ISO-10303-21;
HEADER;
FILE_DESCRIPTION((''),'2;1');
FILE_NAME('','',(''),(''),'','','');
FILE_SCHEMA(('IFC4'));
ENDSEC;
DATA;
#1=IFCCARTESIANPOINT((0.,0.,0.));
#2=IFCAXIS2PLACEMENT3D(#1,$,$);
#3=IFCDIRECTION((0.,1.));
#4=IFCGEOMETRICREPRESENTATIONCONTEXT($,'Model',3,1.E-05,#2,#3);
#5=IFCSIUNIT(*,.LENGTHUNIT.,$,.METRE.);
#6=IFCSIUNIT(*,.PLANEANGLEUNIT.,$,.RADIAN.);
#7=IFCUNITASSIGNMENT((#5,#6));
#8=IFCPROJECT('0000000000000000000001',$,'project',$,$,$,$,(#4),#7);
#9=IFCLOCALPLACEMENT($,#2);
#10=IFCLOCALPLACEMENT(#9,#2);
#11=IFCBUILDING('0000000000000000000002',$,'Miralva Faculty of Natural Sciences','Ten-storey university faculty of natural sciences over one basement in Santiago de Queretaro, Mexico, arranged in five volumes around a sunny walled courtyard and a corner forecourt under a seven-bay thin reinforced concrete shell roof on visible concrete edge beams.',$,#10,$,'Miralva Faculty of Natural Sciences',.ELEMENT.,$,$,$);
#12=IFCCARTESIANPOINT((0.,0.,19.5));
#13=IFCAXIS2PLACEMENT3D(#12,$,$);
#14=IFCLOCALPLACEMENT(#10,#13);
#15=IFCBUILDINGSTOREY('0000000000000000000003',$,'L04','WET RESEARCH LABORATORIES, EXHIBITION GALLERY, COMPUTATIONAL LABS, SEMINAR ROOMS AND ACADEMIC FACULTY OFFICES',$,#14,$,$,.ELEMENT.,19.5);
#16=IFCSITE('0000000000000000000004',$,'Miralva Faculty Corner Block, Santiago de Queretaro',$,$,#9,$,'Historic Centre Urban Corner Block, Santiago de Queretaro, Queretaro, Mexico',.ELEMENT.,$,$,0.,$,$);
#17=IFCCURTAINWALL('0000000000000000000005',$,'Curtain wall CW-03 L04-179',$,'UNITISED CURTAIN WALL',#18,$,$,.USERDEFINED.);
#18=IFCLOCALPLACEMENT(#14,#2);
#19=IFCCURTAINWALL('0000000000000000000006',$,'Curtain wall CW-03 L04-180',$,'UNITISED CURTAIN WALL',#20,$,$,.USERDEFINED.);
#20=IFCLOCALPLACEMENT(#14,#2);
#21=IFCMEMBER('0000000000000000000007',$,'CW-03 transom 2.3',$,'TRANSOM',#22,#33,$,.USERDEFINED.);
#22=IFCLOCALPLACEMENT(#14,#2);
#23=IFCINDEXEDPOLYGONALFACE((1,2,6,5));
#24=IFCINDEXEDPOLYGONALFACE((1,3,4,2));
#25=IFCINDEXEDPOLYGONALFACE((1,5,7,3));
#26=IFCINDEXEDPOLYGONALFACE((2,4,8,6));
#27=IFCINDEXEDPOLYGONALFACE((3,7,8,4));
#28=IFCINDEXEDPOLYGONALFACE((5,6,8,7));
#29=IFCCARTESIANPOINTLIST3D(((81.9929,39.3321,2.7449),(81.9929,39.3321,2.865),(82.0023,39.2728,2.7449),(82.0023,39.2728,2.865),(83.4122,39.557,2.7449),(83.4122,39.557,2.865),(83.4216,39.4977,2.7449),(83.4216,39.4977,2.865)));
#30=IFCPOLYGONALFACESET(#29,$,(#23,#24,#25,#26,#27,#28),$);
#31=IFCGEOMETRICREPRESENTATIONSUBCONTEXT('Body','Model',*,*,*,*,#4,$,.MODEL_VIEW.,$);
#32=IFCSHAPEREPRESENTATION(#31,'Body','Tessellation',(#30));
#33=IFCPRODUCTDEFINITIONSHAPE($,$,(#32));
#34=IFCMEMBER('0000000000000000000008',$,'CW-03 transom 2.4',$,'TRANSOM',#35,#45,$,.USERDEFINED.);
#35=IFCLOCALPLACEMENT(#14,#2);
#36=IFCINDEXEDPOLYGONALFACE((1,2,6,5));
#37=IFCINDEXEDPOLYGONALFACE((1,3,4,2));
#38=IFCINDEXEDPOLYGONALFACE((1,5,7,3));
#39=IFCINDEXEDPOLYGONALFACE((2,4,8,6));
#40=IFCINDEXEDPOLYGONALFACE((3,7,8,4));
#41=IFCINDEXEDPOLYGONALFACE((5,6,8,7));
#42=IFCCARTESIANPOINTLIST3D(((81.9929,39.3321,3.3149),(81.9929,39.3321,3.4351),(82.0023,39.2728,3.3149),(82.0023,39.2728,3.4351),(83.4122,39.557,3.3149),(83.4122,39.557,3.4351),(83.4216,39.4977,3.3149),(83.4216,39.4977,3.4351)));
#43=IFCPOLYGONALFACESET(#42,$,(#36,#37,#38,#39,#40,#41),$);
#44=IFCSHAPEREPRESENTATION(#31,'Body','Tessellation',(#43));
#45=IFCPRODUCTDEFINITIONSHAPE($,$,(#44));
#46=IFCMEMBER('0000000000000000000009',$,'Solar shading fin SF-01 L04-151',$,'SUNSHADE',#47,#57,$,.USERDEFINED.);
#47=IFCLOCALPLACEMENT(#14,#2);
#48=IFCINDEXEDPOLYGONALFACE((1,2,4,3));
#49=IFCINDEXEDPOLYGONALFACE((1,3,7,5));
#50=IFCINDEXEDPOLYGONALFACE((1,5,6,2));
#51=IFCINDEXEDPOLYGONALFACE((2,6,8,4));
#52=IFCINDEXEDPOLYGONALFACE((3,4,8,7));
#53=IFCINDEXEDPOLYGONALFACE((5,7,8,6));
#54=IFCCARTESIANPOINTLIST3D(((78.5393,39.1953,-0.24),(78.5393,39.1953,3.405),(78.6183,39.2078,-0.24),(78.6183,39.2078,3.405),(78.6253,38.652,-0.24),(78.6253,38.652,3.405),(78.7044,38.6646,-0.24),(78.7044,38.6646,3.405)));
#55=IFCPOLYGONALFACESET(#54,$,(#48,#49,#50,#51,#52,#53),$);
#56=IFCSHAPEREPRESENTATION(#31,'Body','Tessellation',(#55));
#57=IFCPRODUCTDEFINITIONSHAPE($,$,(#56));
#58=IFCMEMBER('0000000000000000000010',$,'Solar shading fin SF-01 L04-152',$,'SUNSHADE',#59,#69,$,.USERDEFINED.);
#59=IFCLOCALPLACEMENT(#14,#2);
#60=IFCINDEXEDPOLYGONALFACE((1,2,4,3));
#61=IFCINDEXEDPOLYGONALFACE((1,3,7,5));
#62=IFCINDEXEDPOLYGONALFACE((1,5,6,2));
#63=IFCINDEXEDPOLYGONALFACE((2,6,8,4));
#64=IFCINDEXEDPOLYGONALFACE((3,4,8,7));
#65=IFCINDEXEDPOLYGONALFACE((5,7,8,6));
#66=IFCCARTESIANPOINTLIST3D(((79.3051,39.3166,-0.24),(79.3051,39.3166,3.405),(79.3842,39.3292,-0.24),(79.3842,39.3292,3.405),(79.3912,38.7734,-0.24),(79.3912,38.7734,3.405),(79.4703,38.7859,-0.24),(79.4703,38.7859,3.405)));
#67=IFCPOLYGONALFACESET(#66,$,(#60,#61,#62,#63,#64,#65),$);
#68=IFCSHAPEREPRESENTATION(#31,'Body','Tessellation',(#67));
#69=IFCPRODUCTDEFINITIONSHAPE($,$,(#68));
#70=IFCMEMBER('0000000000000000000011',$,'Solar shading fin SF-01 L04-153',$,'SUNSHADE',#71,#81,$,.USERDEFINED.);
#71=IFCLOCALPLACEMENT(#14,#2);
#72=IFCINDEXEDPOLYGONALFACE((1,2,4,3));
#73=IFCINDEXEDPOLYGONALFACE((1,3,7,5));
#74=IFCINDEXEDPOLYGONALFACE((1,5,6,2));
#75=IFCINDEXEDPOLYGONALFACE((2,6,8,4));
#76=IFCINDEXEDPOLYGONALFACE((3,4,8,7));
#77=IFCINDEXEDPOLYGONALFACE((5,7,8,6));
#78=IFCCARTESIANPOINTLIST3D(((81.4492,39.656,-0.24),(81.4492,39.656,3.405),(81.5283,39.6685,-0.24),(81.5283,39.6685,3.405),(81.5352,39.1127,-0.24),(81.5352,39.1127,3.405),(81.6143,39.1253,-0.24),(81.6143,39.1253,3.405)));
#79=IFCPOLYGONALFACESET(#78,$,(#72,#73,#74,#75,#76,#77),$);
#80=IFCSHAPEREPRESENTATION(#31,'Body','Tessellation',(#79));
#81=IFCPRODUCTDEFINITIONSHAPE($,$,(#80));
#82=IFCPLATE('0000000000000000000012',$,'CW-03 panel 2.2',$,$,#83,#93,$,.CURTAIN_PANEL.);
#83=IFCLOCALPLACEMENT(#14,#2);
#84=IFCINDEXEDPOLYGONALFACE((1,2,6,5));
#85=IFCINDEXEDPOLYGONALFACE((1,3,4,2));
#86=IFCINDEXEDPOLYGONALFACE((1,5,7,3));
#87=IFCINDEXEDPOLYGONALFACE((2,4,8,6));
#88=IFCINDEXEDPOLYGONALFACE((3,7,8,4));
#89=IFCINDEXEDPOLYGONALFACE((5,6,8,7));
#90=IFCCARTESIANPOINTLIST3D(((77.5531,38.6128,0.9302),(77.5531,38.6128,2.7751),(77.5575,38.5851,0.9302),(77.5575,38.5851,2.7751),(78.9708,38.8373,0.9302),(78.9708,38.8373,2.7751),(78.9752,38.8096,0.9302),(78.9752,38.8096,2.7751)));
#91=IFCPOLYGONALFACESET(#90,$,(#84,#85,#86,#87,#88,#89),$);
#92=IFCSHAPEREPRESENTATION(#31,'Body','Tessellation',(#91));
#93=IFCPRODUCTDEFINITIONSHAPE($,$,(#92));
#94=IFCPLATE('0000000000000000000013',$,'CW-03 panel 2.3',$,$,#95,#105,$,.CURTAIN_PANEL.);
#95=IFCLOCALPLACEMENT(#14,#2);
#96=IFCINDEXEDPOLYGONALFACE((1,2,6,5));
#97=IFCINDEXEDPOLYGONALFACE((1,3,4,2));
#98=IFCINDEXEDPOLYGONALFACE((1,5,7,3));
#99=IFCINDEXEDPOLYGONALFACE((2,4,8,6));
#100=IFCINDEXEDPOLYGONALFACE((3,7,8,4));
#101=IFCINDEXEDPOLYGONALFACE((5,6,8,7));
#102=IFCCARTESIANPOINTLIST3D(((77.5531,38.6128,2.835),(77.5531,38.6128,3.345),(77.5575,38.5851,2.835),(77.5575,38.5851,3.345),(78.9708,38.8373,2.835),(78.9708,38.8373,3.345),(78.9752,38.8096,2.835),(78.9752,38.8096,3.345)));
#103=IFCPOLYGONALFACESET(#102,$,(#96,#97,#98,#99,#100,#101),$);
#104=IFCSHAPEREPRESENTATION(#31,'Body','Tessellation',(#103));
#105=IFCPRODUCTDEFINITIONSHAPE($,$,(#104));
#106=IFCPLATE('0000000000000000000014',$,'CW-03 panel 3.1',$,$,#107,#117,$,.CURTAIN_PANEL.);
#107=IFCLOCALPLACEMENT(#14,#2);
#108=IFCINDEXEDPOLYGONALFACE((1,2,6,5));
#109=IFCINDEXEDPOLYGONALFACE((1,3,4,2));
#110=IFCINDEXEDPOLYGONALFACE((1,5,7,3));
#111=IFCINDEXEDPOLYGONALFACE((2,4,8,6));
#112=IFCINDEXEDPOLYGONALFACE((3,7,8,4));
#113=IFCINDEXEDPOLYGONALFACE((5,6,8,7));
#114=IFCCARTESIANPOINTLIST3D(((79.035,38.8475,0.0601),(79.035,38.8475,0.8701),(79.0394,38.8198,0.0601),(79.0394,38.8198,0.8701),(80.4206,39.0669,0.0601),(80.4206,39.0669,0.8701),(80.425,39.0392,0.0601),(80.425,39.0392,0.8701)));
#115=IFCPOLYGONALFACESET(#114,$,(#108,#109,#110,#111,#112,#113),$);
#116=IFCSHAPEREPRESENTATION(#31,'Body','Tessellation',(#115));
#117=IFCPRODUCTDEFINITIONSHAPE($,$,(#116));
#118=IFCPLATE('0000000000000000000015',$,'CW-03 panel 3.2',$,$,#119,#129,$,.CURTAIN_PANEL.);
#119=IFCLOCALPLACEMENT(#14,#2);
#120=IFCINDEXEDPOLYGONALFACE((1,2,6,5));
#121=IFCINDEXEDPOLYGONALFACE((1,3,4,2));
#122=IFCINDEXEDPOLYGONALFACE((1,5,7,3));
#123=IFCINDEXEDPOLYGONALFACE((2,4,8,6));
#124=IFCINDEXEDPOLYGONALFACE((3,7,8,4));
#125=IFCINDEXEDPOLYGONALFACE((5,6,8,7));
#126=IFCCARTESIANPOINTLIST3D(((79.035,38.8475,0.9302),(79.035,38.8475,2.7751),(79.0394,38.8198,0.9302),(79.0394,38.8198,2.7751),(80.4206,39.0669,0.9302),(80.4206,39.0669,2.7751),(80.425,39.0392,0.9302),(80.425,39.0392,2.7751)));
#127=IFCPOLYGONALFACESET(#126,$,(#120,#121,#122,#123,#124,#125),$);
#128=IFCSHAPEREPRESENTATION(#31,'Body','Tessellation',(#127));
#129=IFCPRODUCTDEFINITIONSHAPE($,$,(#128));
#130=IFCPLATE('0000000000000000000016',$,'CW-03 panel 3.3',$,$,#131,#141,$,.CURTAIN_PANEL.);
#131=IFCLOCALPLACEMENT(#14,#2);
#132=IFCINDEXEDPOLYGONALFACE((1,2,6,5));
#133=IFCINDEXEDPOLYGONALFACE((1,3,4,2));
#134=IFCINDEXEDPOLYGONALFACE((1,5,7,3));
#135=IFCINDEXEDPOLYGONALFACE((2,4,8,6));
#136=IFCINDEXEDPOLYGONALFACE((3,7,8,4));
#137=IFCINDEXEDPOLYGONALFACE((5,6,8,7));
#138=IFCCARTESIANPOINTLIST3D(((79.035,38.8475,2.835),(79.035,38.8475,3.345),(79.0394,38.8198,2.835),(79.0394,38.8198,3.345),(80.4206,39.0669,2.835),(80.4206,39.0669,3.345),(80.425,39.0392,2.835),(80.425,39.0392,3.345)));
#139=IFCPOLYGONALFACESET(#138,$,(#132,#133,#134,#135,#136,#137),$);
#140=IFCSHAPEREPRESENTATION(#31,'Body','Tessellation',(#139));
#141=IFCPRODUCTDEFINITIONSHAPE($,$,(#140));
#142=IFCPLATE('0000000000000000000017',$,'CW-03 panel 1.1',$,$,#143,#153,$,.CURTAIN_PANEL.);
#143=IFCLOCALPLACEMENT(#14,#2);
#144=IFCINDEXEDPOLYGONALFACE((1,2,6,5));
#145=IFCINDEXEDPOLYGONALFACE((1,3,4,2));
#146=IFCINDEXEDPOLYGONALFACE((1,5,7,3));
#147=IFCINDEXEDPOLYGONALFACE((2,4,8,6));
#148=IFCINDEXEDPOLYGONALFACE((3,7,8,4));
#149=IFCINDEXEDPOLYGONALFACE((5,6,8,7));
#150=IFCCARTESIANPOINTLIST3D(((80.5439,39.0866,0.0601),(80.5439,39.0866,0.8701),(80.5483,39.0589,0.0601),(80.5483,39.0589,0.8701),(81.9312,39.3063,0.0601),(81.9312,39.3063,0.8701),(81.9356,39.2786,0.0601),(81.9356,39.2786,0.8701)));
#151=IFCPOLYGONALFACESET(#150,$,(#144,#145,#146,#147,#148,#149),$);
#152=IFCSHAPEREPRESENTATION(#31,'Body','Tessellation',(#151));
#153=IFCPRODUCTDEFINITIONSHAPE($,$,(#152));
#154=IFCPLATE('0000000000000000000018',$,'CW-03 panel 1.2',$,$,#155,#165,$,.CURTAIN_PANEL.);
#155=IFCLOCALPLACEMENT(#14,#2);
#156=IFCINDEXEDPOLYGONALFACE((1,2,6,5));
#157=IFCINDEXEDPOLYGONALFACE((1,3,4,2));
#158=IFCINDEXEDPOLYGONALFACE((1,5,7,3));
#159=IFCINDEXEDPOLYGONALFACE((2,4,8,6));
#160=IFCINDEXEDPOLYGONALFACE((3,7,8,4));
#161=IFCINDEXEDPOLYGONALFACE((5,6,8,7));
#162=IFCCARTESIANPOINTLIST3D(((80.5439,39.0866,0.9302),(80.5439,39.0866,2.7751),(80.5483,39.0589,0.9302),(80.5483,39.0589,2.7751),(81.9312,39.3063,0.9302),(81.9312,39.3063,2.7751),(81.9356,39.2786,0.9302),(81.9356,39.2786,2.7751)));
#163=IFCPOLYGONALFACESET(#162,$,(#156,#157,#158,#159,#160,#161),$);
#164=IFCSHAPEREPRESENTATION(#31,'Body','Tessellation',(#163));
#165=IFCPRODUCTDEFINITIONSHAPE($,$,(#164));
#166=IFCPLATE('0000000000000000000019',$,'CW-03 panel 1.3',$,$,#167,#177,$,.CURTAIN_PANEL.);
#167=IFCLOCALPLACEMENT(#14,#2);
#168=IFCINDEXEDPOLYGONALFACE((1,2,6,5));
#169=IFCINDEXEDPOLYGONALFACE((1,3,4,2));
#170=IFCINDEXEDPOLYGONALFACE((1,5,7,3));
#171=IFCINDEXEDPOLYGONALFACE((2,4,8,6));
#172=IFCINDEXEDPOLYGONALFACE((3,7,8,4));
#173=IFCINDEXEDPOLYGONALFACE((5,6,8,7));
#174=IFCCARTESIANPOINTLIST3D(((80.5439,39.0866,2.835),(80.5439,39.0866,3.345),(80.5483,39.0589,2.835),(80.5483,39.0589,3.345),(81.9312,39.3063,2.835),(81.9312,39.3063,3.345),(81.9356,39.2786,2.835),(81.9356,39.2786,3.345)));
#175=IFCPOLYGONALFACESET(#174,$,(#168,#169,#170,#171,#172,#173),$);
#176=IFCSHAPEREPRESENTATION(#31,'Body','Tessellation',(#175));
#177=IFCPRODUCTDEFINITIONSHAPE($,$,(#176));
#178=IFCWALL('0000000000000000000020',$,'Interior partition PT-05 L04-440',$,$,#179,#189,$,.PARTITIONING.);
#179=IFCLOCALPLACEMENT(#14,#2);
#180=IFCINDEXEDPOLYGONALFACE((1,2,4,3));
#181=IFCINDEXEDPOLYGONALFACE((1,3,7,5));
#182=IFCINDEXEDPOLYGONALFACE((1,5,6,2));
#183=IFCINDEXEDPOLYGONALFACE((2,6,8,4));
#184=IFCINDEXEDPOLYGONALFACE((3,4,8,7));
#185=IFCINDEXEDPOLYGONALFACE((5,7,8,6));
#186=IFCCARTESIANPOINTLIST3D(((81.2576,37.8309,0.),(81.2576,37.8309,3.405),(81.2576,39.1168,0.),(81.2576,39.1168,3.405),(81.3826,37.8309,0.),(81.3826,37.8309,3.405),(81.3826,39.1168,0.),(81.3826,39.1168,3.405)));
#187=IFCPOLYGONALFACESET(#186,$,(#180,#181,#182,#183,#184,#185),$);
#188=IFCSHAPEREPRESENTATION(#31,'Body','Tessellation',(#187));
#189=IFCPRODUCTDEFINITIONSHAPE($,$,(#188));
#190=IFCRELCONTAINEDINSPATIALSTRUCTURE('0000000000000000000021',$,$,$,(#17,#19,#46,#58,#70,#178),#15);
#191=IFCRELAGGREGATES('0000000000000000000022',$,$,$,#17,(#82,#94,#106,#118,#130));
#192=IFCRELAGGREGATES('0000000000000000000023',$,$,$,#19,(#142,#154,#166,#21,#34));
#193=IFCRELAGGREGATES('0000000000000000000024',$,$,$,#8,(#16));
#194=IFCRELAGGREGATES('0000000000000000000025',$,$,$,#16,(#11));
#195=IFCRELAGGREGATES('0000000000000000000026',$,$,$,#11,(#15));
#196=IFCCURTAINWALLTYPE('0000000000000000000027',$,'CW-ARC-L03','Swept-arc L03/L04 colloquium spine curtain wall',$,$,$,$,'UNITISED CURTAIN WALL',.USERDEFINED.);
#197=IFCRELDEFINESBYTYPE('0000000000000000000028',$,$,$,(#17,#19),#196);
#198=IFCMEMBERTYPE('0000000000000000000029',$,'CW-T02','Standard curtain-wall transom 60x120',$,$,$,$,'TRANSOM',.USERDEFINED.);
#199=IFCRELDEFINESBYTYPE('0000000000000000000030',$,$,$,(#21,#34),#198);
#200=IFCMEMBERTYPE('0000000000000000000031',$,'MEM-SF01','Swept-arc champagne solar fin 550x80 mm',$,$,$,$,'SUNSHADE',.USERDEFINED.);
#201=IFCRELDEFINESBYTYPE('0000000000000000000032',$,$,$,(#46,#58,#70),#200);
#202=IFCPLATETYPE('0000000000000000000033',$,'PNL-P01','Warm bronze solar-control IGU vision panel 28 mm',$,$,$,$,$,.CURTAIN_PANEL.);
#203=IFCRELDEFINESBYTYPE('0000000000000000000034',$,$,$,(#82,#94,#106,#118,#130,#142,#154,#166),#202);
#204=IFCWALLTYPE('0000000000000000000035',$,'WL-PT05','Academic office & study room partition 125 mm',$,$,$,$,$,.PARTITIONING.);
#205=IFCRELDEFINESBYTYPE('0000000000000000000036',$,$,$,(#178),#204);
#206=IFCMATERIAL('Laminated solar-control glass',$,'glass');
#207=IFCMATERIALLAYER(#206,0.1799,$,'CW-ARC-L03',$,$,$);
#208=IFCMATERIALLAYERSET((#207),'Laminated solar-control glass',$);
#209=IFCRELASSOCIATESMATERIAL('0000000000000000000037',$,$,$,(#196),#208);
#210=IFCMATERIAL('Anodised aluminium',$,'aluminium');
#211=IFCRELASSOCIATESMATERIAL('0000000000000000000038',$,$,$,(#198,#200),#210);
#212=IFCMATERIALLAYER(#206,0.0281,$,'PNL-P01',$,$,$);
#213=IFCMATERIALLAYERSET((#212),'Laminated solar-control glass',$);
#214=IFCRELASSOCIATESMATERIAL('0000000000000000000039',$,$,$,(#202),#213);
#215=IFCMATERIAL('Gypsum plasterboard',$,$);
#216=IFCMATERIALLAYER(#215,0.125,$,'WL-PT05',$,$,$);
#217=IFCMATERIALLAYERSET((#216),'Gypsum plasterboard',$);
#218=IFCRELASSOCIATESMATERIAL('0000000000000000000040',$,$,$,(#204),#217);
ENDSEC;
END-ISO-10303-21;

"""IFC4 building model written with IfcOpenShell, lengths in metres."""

from ifc_helpers import new_model, si_unit, direction, frame, frame_2d, origin, origin_2d, place, context, subcontext, project, spatial, rectangle, extrude, material, layer, layer_set, material_profile, profile_set, type_object, element, aggregate, save


model = new_model("IFC4")

# Units and contexts
model_context = context("Model", 3, precision=1e-05, world=origin(), true_north=direction((0.0, 1.0)))
body_context = subcontext(model_context, "Body", "Model", "MODEL_VIEW")
ifc_project = project(units=[si_unit("LENGTHUNIT", "METRE"), si_unit("PLANEANGLEUNIT", "RADIAN")], contexts=[model_context])

# Site, building, storey
site_placement = place(None, origin())
site = spatial("IfcSite", under=ifc_project, at=site_placement, Name="Miralva Faculty Corner Block, Santiago de Queretaro", LongName="Historic Centre Urban Corner Block, Santiago de Queretaro, Queretaro, Mexico", CompositionType="ELEMENT", RefElevation=0.0)
building_placement = place(site_placement, origin())
building = spatial("IfcBuilding", under=site, at=building_placement, Name="Miralva Faculty of Natural Sciences", Description="Ten-storey university faculty of natural sciences over one basement in Santiago de Queretaro, Mexico, arranged in five volumes around a sunny walled courtyard and a corner forecourt under a seven-bay thin reinforced concrete shell roof on visible concrete edge beams.", LongName="Miralva Faculty of Natural Sciences", CompositionType="ELEMENT")
storey_placement = place(building_placement, frame((0.0, 0.0, 19.5)))
storey = spatial("IfcBuildingStorey", under=building, at=storey_placement, Name="L04", Description="WET RESEARCH LABORATORIES, EXHIBITION GALLERY, COMPUTATIONAL LABS, SEMINAR ROOMS AND ACADEMIC FACULTY OFFICES", CompositionType="ELEMENT", Elevation=19.5)

# Curtain walls
ifc_material_1 = material(Name="Laminated solar-control glass", Category="glass")
ifc_layer_1 = layer(ifc_material_1, 0.1799, Name="CW-ARC-L03")
ifc_layer_set_1 = layer_set([ifc_layer_1], Name="Laminated solar-control glass")
curtain_wall_type = type_object("IfcCurtainWallType", Name="CW-ARC-L03", Description="Swept-arc L03/L04 colloquium spine curtain wall", ElementType="UNITISED CURTAIN WALL", PredefinedType="USERDEFINED", material=ifc_layer_set_1)
curtain_wall_1_placement = place(storey_placement, origin())
curtain_wall_1 = element("IfcCurtainWall", 1, at=curtain_wall_1_placement, inside=storey, type_object=curtain_wall_type, Name="Curtain wall CW-03 L04-179", ObjectType="UNITISED CURTAIN WALL", PredefinedType="USERDEFINED")
ifc_material_2 = material(Name="Anodised aluminium", Category="aluminium")
curtain_wall_2_placement = place(storey_placement, origin())
curtain_wall_2 = element("IfcCurtainWall", 2, at=curtain_wall_2_placement, inside=storey, type_object=curtain_wall_type, Name="Curtain wall CW-03 L04-180", ObjectType="UNITISED CURTAIN WALL", PredefinedType="USERDEFINED")

# Members
ifc_material_profile_1 = material_profile(ifc_material_2, rectangle(XDim=0.0601, YDim=0.1201, at=origin_2d()), Name="TRANSOM 60x120")
ifc_profile_set_1 = profile_set([ifc_material_profile_1], Name="Anodised aluminium")
member_type_1 = type_object("IfcMemberType", Name="CW-T02", Description="Standard curtain-wall transom 60x120", ElementType="TRANSOM", PredefinedType="USERDEFINED", material=ifc_profile_set_1)
member_1_placement = place(storey_placement, frame((81.9976, 39.3025, 2.8049), z_axis=(0.987684, 0.15646, 0.0), x_axis=(-0.15646, 0.987684, 0.0)))
member_1 = element("IfcMember", 3, at=member_1_placement, type_object=member_type_1, Name="CW-03 transom 2.3", ObjectType="TRANSOM", PredefinedType="USERDEFINED", context=body_context, shape_type="SweptSolid", body=[
    extrude(rectangle(XDim=0.0601, YDim=0.1201, at=origin_2d()), origin(), (0.0, 0.0, 1.0), 1.437),
])
member_2_placement = place(storey_placement, frame((81.9976, 39.3025, 3.375), z_axis=(0.987684, 0.15646, 0.0), x_axis=(-0.15646, 0.987684, 0.0)))
member_2 = element("IfcMember", 4, at=member_2_placement, type_object=member_type_1, Name="CW-03 transom 2.4", ObjectType="TRANSOM", PredefinedType="USERDEFINED", context=body_context, shape_type="SweptSolid", body=[
    extrude(rectangle(XDim=0.0601, YDim=0.1201, at=origin_2d()), origin(), (0.0, 0.0, 1.0), 1.437),
])

# Members
ifc_material_profile_2 = material_profile(ifc_material_2, rectangle(XDim=0.0801, YDim=0.55, at=origin_2d()), Name="FIN 550x80")
ifc_profile_set_2 = profile_set([ifc_material_profile_2], Name="Anodised aluminium")
member_type_2 = type_object("IfcMemberType", Name="MEM-SF01", Description="Swept-arc champagne solar fin 550x80 mm", ElementType="SUNSHADE", PredefinedType="USERDEFINED", material=ifc_profile_set_2)
for number, where, z_axis, x_axis, name in (
    (5, (78.6218, 38.9299, -0.24), (0.0, 0.0, 1.0), (-0.987688, -0.156434, 0.0), "Solar shading fin SF-01 L04-151"),
    (6, (79.3877, 39.0513, -0.24), (0.0, 0.0, 1.0), (-0.987688, -0.156434, 0.0), "Solar shading fin SF-01 L04-152"),
    (7, (81.5317, 39.3906, -0.24), (0.0, 0.0, 1.0), (-0.987688, -0.156434, 0.0), "Solar shading fin SF-01 L04-153"),
):
    element("IfcMember", number, at=place(storey_placement, frame(where, z_axis=z_axis, x_axis=x_axis)), inside=storey, type_object=member_type_2, Name=name, ObjectType="SUNSHADE", PredefinedType="USERDEFINED", context=body_context, shape_type="SweptSolid", body=[
        extrude(rectangle(XDim=0.0801, YDim=0.55, at=origin_2d()), origin(), (0.0, 0.0, 1.0), 3.645),
    ])

# Plates
ifc_layer_2 = layer(ifc_material_1, 0.0281, Name="PNL-P01")
ifc_layer_set_2 = layer_set([ifc_layer_2], Name="Laminated solar-control glass")
plate_type = type_object("IfcPlateType", Name="PNL-P01", Description="Warm bronze solar-control IGU vision panel 28 mm", PredefinedType="CURTAIN_PANEL", material=ifc_layer_set_2)
plate_1_placement = place(storey_placement, frame((78.2642, 38.7112, 0.9302), z_axis=(0.0, 0.0, 1.0), x_axis=(0.987689, 0.156431, 0.0)))
plate_1 = element("IfcPlate", 8, at=plate_1_placement, type_object=plate_type, Name="CW-03 panel 2.2", PredefinedType="CURTAIN_PANEL", context=body_context, shape_type="SweptSolid", body=[
    extrude(rectangle(XDim=1.4353, YDim=0.0281, at=origin_2d()), origin(), (0.0, 0.0, 1.0), 1.845),
])
plate_2_placement = place(storey_placement, frame((78.2642, 38.7112, 2.835), z_axis=(0.0, 0.0, 1.0), x_axis=(0.987689, 0.156431, 0.0)))
plate_2 = element("IfcPlate", 9, at=plate_2_placement, type_object=plate_type, Name="CW-03 panel 2.3", PredefinedType="CURTAIN_PANEL", context=body_context, shape_type="SweptSolid", body=[
    extrude(rectangle(XDim=1.4353, YDim=0.0281, at=origin_2d()), origin(), (0.0, 0.0, 1.0), 0.51),
])
plate_3_placement = place(storey_placement, frame((79.73, 38.9434, 0.0601), z_axis=(0.0, 0.0, 1.0), x_axis=(0.987689, 0.156431, 0.0)))
plate_3 = element("IfcPlate", 10, at=plate_3_placement, type_object=plate_type, Name="CW-03 panel 3.1", PredefinedType="CURTAIN_PANEL", context=body_context, shape_type="SweptSolid", body=[
    extrude(rectangle(XDim=1.4028, YDim=0.0281, at=origin_2d()), origin(), (0.0, 0.0, 1.0), 0.8101),
])
plate_4_placement = place(storey_placement, frame((79.73, 38.9434, 0.9302), z_axis=(0.0, 0.0, 1.0), x_axis=(0.987689, 0.156431, 0.0)))
plate_4 = element("IfcPlate", 11, at=plate_4_placement, type_object=plate_type, Name="CW-03 panel 3.2", PredefinedType="CURTAIN_PANEL", context=body_context, shape_type="SweptSolid", body=[
    extrude(rectangle(XDim=1.4028, YDim=0.0281, at=origin_2d()), origin(), (0.0, 0.0, 1.0), 1.845),
])
plate_5_placement = place(storey_placement, frame((79.73, 38.9434, 2.835), z_axis=(0.0, 0.0, 1.0), x_axis=(0.987689, 0.156431, 0.0)))
plate_5 = element("IfcPlate", 12, at=plate_5_placement, type_object=plate_type, Name="CW-03 panel 3.3", PredefinedType="CURTAIN_PANEL", context=body_context, shape_type="SweptSolid", body=[
    extrude(rectangle(XDim=1.4028, YDim=0.0281, at=origin_2d()), origin(), (0.0, 0.0, 1.0), 0.51),
])
aggregate(curtain_wall_1, [plate_1, plate_2, plate_3, plate_4, plate_5])
plate_6_placement = place(storey_placement, frame((81.2397, 39.1826, 0.0601), z_axis=(0.0, 0.0, 1.0), x_axis=(0.987691, 0.156415, 0.0)))
plate_6 = element("IfcPlate", 13, at=plate_6_placement, type_object=plate_type, Name="CW-03 panel 1.1", PredefinedType="CURTAIN_PANEL", context=body_context, shape_type="SweptSolid", body=[
    extrude(rectangle(XDim=1.4045, YDim=0.0281, at=origin_2d()), origin(), (0.0, 0.0, 1.0), 0.8101),
])
plate_7_placement = place(storey_placement, frame((81.2397, 39.1826, 0.9302), z_axis=(0.0, 0.0, 1.0), x_axis=(0.987691, 0.156415, 0.0)))
plate_7 = element("IfcPlate", 14, at=plate_7_placement, type_object=plate_type, Name="CW-03 panel 1.2", PredefinedType="CURTAIN_PANEL", context=body_context, shape_type="SweptSolid", body=[
    extrude(rectangle(XDim=1.4045, YDim=0.0281, at=origin_2d()), origin(), (0.0, 0.0, 1.0), 1.845),
])
plate_8_placement = place(storey_placement, frame((81.2397, 39.1826, 2.835), z_axis=(0.0, 0.0, 1.0), x_axis=(0.987691, 0.156415, 0.0)))
plate_8 = element("IfcPlate", 15, at=plate_8_placement, type_object=plate_type, Name="CW-03 panel 1.3", PredefinedType="CURTAIN_PANEL", context=body_context, shape_type="SweptSolid", body=[
    extrude(rectangle(XDim=1.4045, YDim=0.0281, at=origin_2d()), origin(), (0.0, 0.0, 1.0), 0.51),
])
aggregate(curtain_wall_2, [plate_6, plate_7, plate_8, member_1, member_2])

# Wall
ifc_material_3 = material(Name="Gypsum plasterboard")
ifc_layer_3 = layer(ifc_material_3, 0.125, Name="WL-PT05")
ifc_layer_set_3 = layer_set([ifc_layer_3], Name="Gypsum plasterboard")
wall_type = type_object("IfcWallType", Name="WL-PT05", Description="Academic office & study room partition 125 mm", PredefinedType="PARTITIONING", material=ifc_layer_set_3)
wall_placement = place(storey_placement, frame((81.3201, 37.8308, 0.0), z_axis=(0.0, 0.0, 1.0), x_axis=(0.0, 1.0, 0.0)))
element("IfcWall", 16, at=wall_placement, inside=storey, type_object=wall_type, Name="Interior partition PT-05 L04-440", PredefinedType="PARTITIONING", context=body_context, shape_type="SweptSolid", body=[
    extrude(rectangle(XDim=1.2859, YDim=0.125, at=frame_2d((0.6431, 0.0))), origin(), (0.0, 0.0, 1.0), 3.405),
])

save(model, "model.ifc")
